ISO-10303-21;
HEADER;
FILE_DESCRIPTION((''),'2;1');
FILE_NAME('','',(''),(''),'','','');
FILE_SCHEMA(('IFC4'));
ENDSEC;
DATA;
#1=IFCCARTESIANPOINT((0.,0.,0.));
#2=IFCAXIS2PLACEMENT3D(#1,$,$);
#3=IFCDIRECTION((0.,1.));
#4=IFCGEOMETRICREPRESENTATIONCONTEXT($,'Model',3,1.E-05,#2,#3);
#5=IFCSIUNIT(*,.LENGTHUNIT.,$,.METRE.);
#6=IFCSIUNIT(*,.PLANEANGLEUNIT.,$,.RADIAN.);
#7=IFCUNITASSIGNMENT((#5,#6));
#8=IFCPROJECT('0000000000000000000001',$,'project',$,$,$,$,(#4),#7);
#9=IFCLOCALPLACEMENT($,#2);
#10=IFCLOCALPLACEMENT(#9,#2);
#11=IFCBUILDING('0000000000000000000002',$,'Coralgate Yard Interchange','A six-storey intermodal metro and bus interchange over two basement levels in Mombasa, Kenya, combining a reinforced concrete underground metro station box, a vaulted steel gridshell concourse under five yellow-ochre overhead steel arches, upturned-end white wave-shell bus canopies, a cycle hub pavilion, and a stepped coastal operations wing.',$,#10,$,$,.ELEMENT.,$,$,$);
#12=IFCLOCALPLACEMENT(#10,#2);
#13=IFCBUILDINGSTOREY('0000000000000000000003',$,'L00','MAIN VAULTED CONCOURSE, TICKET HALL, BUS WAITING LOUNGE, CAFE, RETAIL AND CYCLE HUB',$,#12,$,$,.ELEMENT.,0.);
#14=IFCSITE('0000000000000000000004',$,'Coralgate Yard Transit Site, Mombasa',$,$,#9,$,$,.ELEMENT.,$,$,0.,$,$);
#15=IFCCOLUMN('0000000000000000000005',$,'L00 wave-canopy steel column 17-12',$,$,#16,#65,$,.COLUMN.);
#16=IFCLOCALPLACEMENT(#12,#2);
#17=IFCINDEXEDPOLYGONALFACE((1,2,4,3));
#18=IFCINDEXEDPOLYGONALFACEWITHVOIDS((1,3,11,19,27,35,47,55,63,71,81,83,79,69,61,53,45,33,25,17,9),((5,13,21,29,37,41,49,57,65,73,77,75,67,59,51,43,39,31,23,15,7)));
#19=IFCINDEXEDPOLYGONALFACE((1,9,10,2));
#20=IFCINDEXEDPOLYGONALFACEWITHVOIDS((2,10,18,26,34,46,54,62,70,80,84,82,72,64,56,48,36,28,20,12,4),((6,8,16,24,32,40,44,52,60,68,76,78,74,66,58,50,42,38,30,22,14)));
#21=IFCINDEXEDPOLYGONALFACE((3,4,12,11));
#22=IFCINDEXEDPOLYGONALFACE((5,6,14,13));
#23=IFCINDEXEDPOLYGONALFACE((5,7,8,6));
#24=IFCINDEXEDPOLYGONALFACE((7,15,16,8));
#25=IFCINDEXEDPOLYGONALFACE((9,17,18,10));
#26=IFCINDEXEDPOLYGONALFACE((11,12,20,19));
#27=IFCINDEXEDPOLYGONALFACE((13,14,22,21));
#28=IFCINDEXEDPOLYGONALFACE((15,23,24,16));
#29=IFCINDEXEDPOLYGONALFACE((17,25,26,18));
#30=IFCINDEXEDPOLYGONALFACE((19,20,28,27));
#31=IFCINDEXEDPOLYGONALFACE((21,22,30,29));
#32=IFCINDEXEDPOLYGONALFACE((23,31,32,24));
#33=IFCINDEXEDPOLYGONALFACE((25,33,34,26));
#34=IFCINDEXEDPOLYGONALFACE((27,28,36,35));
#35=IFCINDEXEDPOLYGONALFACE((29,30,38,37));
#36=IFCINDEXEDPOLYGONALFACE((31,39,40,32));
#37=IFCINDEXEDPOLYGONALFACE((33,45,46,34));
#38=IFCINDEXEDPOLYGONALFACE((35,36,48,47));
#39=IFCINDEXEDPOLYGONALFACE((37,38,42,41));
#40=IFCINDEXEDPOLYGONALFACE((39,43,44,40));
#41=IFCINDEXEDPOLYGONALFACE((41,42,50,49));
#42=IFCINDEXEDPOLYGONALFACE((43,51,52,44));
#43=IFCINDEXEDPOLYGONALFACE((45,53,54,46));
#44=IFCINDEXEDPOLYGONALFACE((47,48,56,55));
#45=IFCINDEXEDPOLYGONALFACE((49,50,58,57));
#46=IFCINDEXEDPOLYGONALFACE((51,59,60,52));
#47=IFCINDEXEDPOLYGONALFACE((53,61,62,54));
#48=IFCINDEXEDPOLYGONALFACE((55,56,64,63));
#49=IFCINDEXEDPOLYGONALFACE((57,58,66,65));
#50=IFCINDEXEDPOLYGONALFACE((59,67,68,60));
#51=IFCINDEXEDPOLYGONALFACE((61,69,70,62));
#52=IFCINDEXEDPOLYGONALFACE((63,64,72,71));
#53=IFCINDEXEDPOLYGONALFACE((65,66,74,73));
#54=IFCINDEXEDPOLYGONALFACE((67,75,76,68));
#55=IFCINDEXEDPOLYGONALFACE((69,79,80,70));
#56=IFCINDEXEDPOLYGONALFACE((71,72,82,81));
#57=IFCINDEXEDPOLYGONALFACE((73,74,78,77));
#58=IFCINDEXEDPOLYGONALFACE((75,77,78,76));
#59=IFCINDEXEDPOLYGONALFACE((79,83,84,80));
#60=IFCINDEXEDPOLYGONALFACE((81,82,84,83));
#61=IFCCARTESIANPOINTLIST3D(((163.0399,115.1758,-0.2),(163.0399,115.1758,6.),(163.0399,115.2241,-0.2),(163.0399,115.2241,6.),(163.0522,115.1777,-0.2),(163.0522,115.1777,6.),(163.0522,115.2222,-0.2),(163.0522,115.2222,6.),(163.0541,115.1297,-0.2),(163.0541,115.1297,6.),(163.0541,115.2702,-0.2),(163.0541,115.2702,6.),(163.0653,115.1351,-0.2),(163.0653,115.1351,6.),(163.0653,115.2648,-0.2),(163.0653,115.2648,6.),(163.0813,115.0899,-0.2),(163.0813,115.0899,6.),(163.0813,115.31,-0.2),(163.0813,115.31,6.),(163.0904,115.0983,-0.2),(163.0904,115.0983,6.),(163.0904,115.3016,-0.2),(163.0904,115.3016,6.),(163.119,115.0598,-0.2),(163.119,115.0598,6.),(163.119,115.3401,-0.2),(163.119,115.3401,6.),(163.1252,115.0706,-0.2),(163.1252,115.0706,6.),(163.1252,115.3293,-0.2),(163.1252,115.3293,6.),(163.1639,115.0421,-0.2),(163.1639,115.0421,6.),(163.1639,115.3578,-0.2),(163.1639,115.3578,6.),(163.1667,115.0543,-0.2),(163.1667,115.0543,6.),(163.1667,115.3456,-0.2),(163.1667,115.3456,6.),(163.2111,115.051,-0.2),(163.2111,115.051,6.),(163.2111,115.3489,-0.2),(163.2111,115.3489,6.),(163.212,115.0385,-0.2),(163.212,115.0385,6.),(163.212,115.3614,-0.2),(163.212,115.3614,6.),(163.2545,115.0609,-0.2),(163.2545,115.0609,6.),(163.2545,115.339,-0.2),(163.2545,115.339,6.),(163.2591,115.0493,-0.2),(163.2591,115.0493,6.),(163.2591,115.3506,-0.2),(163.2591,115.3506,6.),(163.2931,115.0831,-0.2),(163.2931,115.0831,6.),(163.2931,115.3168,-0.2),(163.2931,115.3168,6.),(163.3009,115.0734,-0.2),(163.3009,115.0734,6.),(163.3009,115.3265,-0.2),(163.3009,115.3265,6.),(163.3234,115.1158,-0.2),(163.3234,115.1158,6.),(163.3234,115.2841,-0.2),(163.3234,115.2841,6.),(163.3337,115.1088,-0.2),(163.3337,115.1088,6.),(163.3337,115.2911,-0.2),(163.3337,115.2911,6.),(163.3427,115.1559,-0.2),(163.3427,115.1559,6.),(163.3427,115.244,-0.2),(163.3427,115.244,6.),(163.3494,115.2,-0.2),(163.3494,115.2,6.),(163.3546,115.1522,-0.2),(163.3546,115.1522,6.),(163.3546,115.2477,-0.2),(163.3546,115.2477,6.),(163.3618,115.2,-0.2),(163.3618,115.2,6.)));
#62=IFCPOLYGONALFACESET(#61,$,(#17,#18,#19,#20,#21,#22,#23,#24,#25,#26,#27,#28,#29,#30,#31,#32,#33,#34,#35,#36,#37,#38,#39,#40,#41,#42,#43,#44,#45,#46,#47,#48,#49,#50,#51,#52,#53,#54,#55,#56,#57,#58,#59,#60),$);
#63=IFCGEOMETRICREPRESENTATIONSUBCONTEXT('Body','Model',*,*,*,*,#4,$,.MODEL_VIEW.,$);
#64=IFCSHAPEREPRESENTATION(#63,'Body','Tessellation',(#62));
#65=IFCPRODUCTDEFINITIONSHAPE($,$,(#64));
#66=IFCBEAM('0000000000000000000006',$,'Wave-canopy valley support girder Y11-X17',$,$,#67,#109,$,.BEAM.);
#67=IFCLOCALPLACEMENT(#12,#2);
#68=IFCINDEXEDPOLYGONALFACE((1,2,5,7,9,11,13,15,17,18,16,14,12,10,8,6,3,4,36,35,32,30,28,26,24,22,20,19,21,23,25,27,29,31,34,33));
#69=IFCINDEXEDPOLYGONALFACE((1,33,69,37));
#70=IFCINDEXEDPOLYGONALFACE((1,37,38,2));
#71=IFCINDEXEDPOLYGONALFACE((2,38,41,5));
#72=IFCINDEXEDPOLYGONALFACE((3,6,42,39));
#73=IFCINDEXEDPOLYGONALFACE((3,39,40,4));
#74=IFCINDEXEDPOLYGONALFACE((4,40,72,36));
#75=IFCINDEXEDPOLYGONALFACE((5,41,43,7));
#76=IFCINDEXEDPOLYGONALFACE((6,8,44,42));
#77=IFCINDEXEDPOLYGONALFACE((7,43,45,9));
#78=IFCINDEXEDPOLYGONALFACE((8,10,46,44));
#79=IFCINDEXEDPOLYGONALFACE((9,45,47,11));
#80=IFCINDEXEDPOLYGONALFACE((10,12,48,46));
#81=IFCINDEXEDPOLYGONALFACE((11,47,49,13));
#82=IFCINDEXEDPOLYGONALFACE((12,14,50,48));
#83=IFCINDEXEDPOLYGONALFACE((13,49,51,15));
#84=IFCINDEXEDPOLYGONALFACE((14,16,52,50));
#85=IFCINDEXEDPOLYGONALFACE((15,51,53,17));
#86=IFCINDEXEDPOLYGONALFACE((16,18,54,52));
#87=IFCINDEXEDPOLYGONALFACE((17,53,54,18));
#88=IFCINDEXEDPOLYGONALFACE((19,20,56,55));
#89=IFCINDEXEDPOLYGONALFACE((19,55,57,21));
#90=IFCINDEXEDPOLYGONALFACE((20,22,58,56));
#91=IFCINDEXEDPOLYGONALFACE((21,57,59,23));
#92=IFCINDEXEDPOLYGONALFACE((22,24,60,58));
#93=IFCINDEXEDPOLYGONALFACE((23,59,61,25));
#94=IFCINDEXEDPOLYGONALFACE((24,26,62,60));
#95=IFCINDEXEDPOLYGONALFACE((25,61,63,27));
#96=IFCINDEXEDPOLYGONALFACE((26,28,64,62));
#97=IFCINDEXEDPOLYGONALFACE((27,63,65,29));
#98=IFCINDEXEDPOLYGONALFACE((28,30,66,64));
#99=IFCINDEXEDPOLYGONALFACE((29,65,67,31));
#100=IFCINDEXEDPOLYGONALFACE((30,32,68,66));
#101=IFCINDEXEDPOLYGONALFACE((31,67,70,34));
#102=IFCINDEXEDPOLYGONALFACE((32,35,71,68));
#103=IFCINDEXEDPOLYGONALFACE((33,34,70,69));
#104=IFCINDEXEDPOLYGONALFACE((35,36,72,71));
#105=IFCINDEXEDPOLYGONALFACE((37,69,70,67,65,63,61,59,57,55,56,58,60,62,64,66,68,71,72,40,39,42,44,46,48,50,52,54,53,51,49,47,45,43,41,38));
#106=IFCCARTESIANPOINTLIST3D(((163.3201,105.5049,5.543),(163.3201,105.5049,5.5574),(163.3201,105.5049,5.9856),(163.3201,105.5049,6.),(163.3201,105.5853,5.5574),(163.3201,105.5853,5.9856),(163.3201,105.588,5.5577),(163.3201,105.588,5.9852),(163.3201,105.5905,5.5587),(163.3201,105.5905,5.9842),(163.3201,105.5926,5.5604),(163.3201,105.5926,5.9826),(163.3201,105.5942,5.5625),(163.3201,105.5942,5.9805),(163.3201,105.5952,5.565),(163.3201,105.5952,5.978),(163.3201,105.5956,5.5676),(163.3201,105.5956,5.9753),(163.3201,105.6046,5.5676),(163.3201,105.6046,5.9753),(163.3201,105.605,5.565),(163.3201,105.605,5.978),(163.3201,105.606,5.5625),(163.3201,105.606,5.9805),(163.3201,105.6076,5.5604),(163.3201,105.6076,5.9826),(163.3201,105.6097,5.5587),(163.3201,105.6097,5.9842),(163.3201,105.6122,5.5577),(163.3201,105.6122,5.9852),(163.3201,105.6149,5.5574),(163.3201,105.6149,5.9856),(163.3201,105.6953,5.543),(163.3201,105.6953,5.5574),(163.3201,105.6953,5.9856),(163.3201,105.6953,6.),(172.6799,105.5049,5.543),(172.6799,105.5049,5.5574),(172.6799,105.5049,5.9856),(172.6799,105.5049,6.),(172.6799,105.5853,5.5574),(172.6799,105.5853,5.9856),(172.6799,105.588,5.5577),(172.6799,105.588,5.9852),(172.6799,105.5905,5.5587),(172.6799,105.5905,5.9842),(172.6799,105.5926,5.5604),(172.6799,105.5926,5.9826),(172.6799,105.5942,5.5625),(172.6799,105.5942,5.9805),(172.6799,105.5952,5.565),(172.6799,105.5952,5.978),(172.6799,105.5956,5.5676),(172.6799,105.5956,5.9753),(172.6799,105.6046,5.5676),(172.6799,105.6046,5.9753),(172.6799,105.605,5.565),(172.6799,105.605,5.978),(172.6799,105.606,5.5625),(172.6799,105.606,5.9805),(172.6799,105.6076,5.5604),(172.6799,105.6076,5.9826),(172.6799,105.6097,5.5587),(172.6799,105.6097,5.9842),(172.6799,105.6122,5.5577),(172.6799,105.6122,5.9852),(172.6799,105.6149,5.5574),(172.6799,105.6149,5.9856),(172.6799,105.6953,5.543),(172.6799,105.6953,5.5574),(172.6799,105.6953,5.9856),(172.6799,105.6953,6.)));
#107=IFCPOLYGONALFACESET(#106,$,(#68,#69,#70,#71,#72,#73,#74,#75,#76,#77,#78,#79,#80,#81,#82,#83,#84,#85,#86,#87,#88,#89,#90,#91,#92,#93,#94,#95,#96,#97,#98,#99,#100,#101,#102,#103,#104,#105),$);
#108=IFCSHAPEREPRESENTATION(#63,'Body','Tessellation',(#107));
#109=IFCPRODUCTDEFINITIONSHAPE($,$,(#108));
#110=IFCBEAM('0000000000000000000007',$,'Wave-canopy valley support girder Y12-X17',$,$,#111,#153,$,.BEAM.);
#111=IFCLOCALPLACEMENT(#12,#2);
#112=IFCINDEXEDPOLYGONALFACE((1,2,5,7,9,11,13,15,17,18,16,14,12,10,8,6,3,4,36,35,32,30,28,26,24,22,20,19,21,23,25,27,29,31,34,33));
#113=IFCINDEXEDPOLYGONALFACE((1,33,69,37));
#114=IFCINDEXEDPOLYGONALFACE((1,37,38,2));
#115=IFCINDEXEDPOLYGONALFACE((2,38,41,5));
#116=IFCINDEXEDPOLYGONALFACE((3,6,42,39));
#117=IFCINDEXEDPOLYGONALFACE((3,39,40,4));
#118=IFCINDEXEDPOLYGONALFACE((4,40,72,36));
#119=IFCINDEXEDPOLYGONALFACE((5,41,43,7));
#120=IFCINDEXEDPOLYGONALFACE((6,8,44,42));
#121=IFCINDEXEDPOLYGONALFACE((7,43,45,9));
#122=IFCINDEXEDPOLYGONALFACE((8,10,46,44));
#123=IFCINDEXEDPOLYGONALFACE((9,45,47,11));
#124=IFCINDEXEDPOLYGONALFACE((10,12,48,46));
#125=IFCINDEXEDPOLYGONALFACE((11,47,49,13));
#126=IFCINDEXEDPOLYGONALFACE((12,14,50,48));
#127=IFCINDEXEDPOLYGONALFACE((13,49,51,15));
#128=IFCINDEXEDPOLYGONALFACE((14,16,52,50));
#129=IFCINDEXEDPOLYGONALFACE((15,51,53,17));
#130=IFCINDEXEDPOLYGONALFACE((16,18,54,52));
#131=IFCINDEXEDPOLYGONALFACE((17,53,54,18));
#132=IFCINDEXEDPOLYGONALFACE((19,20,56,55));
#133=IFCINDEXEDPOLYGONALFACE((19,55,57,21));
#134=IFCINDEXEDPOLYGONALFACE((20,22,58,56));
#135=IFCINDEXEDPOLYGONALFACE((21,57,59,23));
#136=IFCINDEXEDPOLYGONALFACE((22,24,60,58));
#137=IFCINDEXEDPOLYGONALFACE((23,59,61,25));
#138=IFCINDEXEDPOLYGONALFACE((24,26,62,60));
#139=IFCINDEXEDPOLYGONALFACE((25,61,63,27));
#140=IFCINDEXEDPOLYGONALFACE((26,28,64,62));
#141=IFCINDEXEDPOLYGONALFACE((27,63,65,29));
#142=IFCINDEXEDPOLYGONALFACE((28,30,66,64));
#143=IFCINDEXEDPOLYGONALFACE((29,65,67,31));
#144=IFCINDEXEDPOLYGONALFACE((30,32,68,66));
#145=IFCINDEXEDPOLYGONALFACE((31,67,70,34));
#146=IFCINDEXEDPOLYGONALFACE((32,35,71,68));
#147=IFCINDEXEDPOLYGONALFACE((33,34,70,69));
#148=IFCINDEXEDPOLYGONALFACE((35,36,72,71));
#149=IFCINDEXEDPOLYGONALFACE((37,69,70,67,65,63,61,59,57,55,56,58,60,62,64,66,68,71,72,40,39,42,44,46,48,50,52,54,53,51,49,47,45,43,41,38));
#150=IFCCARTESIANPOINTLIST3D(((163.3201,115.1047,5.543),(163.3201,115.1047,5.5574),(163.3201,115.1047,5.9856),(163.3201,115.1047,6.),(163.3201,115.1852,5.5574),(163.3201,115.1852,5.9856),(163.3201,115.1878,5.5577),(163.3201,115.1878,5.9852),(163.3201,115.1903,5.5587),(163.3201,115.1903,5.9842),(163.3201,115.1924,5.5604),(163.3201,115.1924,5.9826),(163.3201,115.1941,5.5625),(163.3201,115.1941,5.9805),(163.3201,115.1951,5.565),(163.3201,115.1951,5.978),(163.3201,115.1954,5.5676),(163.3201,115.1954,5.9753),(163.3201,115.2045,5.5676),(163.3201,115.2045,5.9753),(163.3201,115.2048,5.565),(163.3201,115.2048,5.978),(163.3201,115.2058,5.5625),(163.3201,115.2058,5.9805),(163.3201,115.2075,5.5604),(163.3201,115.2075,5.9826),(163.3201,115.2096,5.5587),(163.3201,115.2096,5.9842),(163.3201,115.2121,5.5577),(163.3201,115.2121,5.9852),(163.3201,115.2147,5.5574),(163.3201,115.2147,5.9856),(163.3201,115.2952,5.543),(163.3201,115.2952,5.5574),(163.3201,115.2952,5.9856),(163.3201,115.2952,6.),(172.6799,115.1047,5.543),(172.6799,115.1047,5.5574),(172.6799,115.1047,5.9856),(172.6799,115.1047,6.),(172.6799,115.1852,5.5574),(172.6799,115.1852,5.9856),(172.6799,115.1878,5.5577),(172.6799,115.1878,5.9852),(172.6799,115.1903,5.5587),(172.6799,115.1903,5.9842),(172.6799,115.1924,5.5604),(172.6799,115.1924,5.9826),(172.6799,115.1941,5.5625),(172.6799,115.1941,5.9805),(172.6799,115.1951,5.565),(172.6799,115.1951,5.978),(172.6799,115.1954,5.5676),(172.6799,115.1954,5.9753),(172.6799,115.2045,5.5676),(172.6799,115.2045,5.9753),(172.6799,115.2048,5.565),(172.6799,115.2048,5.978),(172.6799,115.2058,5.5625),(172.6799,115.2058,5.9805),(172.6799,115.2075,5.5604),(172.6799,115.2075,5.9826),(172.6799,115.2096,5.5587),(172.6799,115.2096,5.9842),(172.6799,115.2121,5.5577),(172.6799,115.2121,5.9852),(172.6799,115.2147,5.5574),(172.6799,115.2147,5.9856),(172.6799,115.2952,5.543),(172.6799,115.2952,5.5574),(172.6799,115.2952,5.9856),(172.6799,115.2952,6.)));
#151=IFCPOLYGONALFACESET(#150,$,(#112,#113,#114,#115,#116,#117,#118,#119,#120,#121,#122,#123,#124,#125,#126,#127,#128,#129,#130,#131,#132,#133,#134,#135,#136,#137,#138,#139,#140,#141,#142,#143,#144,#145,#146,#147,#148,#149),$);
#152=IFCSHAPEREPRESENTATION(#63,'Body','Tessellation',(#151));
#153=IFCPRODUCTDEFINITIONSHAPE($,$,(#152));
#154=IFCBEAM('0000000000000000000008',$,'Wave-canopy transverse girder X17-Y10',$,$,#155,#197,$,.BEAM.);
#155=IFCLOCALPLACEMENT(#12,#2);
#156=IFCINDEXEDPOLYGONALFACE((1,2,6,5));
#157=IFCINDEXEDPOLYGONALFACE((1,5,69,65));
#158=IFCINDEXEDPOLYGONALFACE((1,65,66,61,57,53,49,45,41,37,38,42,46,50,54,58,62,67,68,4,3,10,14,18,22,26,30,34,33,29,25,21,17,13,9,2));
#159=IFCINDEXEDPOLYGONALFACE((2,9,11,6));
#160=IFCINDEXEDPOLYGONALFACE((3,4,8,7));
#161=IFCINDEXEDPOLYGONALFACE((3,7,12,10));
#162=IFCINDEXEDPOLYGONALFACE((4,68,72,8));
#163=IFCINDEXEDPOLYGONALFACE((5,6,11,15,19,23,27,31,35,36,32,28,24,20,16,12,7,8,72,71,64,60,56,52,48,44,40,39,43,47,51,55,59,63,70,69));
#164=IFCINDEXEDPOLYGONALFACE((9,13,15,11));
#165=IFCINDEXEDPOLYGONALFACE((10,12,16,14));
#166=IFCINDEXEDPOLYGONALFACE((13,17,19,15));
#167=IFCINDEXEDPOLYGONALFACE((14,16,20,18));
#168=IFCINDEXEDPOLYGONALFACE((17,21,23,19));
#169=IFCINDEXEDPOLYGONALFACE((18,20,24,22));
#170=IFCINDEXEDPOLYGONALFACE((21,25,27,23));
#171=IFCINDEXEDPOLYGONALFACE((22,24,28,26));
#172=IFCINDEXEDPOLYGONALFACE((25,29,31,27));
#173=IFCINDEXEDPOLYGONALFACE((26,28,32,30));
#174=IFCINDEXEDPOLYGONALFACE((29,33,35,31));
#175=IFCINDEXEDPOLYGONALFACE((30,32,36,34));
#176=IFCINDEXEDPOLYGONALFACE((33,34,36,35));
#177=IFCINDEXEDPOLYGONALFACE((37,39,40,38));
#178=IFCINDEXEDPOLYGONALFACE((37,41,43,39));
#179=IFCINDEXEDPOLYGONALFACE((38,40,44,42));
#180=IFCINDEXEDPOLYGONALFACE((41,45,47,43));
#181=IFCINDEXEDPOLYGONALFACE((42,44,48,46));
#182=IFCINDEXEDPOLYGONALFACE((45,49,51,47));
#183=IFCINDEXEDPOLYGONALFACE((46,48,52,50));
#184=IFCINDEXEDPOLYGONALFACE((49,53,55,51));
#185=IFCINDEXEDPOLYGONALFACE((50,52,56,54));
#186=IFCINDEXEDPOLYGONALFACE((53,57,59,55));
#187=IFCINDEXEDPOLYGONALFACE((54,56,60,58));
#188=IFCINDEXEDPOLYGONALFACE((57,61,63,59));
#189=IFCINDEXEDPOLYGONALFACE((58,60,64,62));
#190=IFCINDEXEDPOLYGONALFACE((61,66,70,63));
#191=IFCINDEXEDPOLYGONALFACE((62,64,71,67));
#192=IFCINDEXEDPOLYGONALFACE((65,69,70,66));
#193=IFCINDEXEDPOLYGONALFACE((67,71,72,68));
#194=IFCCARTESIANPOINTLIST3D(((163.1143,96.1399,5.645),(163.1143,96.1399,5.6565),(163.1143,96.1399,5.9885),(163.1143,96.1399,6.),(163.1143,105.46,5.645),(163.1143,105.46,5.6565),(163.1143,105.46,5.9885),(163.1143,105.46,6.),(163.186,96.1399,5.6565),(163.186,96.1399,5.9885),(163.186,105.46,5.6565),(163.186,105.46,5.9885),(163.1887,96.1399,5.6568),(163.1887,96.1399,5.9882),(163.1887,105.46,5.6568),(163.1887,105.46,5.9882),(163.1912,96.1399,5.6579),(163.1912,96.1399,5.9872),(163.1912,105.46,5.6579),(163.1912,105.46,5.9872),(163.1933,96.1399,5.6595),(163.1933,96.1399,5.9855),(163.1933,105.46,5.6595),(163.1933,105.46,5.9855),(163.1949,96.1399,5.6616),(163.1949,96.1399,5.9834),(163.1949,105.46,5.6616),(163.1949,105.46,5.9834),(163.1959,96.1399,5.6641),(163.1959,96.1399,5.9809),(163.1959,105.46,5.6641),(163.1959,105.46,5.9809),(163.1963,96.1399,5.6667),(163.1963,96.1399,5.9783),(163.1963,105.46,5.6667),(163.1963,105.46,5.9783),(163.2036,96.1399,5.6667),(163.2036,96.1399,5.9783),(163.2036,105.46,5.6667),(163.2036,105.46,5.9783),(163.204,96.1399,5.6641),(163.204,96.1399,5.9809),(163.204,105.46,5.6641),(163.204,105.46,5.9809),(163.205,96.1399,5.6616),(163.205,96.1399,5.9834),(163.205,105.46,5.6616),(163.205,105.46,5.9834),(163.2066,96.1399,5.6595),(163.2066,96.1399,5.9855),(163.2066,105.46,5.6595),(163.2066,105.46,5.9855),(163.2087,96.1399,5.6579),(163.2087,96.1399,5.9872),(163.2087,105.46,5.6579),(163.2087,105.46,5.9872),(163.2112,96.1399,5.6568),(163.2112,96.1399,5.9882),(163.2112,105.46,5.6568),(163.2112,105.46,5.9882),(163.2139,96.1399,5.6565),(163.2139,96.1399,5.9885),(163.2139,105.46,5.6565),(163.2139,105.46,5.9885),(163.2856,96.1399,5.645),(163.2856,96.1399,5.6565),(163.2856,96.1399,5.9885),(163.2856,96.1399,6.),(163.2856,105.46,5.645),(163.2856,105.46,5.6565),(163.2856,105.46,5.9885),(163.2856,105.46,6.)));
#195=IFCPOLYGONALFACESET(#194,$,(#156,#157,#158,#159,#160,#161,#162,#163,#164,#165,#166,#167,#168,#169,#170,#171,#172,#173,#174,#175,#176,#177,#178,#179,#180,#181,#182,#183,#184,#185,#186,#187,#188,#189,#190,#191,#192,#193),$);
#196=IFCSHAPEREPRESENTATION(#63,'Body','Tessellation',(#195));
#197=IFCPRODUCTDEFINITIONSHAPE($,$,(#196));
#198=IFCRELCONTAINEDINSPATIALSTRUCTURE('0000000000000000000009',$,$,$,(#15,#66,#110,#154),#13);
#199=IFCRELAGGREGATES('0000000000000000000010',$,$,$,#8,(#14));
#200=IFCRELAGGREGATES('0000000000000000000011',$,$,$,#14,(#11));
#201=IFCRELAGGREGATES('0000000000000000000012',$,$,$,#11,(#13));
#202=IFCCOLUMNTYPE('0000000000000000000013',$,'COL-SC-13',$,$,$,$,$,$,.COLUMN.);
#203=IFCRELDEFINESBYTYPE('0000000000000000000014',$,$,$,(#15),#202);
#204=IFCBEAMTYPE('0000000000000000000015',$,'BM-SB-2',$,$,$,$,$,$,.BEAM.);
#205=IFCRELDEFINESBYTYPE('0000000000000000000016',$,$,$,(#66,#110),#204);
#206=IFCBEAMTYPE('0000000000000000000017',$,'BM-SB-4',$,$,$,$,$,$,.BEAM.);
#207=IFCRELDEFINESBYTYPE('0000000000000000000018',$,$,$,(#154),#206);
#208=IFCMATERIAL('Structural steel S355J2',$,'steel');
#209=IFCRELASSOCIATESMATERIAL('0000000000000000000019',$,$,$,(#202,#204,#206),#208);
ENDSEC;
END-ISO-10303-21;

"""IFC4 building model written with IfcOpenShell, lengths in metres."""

from ifc_helpers import new_model, si_unit, direction, frame, origin, origin_2d, place, context, subcontext, project, spatial, hollow_circle, i_section, extrude, material, material_profile, profile_set, type_object, element, save


model = new_model("IFC4")

# Units and contexts
model_context = context("Model", 3, precision=1e-05, world=origin(), true_north=direction((0.0, 1.0)))
body_context = subcontext(model_context, "Body", "Model", "MODEL_VIEW")
ifc_project = project(units=[si_unit("LENGTHUNIT", "METRE"), si_unit("PLANEANGLEUNIT", "RADIAN")], contexts=[model_context])

# Site, building, storey
site_placement = place(None, origin())
site = spatial("IfcSite", under=ifc_project, at=site_placement, Name="Coralgate Yard Transit Site, Mombasa", CompositionType="ELEMENT", RefElevation=0.0)
building_placement = place(site_placement, origin())
building = spatial("IfcBuilding", under=site, at=building_placement, Name="Coralgate Yard Interchange", Description="A six-storey intermodal metro and bus interchange over two basement levels in Mombasa, Kenya, combining a reinforced concrete underground metro station box, a vaulted steel gridshell concourse under five yellow-ochre overhead steel arches, upturned-end white wave-shell bus canopies, a cycle hub pavilion, and a stepped coastal operations wing.", CompositionType="ELEMENT")
storey_placement = place(building_placement, origin())
storey = spatial("IfcBuildingStorey", under=building, at=storey_placement, Name="L00", Description="MAIN VAULTED CONCOURSE, TICKET HALL, BUS WAITING LOUNGE, CAFE, RETAIL AND CYCLE HUB", CompositionType="ELEMENT", Elevation=0.0)

# Column
ifc_material_1 = material(Name="Structural steel S355J2", Category="steel")
ifc_material_profile_1 = material_profile(ifc_material_1, hollow_circle(Radius=0.1619, WallThickness=0.0125, at=origin_2d()), Name="CHS 323.9x12.5")
ifc_profile_set_1 = profile_set([ifc_material_profile_1], Name="Structural steel S355J2")
column_type_1 = type_object("IfcColumnType", Name="COL-SC-13", PredefinedType="COLUMN", material=ifc_profile_set_1)
column_1_placement = place(storey_placement, frame((163.2, 115.2, -0.2), z_axis=(0.0, 0.0, 1.0), x_axis=(1.0, 0.0, 0.0)))
element("IfcColumn", 1, at=column_1_placement, inside=storey, type_object=column_type_1, Name="L00 wave-canopy steel column 17-12", PredefinedType="COLUMN", context=body_context, shape_type="SweptSolid", body=[
    extrude(hollow_circle(Radius=0.1619, WallThickness=0.0125, at=origin_2d()), origin(), (0.0, 0.0, 1.0), 6.2),
])

# Beams
ifc_material_profile_2 = material_profile(ifc_material_1, i_section(OverallWidth=0.1904, OverallDepth=0.457, WebThickness=0.009, FlangeThickness=0.0144, FilletRadius=0.0103, at=origin_2d()), Name="UB 457x191x74")
ifc_profile_set_2 = profile_set([ifc_material_profile_2], Name="Structural steel S355J2")
beam_type_1 = type_object("IfcBeamType", Name="BM-SB-2", PredefinedType="BEAM", material=ifc_profile_set_2)
for number, where, z_axis, x_axis, name in (
    (2, (163.3201, 105.6001, 5.7715), (1.0, 0.0, 0.0), (0.0, 1.0, 0.0), "Wave-canopy valley support girder Y11-X17"),
    (3, (163.3201, 115.2, 5.7715), (1.0, 0.0, 0.0), (0.0, 1.0, 0.0), "Wave-canopy valley support girder Y12-X17"),
):
    element("IfcBeam", number, at=place(storey_placement, frame(where, z_axis=z_axis, x_axis=x_axis)), inside=storey, type_object=beam_type_1, Name=name, PredefinedType="BEAM", context=body_context, shape_type="SweptSolid", body=[
        extrude(i_section(OverallWidth=0.1904, OverallDepth=0.457, WebThickness=0.009, FlangeThickness=0.0144, FilletRadius=0.0103, at=origin_2d()), origin(), (0.0, 0.0, 1.0), 9.3599),
    ])
ifc_material_profile_3 = material_profile(ifc_material_1, i_section(OverallWidth=0.1714, OverallDepth=0.355, WebThickness=0.0073, FlangeThickness=0.0115, FilletRadius=0.0103, at=origin_2d()), Name="UB 356x171x51")
ifc_profile_set_3 = profile_set([ifc_material_profile_3], Name="Structural steel S355J2")
beam_type_2 = type_object("IfcBeamType", Name="BM-SB-4", PredefinedType="BEAM", material=ifc_profile_set_3)
for number, where, z_axis, x_axis, name in (
    (4, (163.2, 96.1399, 5.8225), (0.0, 1.0, 0.0), (-1.0, 0.0, 0.0), "Wave-canopy transverse girder X17-Y10"),
):
    element("IfcBeam", number, at=place(storey_placement, frame(where, z_axis=z_axis, x_axis=x_axis)), inside=storey, type_object=beam_type_2, Name=name, PredefinedType="BEAM", context=body_context, shape_type="SweptSolid", body=[
        extrude(i_section(OverallWidth=0.1714, OverallDepth=0.355, WebThickness=0.0073, FlangeThickness=0.0115, FilletRadius=0.0103, at=origin_2d()), origin(), (0.0, 0.0, 1.0), 9.3201),
    ])

save(model, "model.ifc")
